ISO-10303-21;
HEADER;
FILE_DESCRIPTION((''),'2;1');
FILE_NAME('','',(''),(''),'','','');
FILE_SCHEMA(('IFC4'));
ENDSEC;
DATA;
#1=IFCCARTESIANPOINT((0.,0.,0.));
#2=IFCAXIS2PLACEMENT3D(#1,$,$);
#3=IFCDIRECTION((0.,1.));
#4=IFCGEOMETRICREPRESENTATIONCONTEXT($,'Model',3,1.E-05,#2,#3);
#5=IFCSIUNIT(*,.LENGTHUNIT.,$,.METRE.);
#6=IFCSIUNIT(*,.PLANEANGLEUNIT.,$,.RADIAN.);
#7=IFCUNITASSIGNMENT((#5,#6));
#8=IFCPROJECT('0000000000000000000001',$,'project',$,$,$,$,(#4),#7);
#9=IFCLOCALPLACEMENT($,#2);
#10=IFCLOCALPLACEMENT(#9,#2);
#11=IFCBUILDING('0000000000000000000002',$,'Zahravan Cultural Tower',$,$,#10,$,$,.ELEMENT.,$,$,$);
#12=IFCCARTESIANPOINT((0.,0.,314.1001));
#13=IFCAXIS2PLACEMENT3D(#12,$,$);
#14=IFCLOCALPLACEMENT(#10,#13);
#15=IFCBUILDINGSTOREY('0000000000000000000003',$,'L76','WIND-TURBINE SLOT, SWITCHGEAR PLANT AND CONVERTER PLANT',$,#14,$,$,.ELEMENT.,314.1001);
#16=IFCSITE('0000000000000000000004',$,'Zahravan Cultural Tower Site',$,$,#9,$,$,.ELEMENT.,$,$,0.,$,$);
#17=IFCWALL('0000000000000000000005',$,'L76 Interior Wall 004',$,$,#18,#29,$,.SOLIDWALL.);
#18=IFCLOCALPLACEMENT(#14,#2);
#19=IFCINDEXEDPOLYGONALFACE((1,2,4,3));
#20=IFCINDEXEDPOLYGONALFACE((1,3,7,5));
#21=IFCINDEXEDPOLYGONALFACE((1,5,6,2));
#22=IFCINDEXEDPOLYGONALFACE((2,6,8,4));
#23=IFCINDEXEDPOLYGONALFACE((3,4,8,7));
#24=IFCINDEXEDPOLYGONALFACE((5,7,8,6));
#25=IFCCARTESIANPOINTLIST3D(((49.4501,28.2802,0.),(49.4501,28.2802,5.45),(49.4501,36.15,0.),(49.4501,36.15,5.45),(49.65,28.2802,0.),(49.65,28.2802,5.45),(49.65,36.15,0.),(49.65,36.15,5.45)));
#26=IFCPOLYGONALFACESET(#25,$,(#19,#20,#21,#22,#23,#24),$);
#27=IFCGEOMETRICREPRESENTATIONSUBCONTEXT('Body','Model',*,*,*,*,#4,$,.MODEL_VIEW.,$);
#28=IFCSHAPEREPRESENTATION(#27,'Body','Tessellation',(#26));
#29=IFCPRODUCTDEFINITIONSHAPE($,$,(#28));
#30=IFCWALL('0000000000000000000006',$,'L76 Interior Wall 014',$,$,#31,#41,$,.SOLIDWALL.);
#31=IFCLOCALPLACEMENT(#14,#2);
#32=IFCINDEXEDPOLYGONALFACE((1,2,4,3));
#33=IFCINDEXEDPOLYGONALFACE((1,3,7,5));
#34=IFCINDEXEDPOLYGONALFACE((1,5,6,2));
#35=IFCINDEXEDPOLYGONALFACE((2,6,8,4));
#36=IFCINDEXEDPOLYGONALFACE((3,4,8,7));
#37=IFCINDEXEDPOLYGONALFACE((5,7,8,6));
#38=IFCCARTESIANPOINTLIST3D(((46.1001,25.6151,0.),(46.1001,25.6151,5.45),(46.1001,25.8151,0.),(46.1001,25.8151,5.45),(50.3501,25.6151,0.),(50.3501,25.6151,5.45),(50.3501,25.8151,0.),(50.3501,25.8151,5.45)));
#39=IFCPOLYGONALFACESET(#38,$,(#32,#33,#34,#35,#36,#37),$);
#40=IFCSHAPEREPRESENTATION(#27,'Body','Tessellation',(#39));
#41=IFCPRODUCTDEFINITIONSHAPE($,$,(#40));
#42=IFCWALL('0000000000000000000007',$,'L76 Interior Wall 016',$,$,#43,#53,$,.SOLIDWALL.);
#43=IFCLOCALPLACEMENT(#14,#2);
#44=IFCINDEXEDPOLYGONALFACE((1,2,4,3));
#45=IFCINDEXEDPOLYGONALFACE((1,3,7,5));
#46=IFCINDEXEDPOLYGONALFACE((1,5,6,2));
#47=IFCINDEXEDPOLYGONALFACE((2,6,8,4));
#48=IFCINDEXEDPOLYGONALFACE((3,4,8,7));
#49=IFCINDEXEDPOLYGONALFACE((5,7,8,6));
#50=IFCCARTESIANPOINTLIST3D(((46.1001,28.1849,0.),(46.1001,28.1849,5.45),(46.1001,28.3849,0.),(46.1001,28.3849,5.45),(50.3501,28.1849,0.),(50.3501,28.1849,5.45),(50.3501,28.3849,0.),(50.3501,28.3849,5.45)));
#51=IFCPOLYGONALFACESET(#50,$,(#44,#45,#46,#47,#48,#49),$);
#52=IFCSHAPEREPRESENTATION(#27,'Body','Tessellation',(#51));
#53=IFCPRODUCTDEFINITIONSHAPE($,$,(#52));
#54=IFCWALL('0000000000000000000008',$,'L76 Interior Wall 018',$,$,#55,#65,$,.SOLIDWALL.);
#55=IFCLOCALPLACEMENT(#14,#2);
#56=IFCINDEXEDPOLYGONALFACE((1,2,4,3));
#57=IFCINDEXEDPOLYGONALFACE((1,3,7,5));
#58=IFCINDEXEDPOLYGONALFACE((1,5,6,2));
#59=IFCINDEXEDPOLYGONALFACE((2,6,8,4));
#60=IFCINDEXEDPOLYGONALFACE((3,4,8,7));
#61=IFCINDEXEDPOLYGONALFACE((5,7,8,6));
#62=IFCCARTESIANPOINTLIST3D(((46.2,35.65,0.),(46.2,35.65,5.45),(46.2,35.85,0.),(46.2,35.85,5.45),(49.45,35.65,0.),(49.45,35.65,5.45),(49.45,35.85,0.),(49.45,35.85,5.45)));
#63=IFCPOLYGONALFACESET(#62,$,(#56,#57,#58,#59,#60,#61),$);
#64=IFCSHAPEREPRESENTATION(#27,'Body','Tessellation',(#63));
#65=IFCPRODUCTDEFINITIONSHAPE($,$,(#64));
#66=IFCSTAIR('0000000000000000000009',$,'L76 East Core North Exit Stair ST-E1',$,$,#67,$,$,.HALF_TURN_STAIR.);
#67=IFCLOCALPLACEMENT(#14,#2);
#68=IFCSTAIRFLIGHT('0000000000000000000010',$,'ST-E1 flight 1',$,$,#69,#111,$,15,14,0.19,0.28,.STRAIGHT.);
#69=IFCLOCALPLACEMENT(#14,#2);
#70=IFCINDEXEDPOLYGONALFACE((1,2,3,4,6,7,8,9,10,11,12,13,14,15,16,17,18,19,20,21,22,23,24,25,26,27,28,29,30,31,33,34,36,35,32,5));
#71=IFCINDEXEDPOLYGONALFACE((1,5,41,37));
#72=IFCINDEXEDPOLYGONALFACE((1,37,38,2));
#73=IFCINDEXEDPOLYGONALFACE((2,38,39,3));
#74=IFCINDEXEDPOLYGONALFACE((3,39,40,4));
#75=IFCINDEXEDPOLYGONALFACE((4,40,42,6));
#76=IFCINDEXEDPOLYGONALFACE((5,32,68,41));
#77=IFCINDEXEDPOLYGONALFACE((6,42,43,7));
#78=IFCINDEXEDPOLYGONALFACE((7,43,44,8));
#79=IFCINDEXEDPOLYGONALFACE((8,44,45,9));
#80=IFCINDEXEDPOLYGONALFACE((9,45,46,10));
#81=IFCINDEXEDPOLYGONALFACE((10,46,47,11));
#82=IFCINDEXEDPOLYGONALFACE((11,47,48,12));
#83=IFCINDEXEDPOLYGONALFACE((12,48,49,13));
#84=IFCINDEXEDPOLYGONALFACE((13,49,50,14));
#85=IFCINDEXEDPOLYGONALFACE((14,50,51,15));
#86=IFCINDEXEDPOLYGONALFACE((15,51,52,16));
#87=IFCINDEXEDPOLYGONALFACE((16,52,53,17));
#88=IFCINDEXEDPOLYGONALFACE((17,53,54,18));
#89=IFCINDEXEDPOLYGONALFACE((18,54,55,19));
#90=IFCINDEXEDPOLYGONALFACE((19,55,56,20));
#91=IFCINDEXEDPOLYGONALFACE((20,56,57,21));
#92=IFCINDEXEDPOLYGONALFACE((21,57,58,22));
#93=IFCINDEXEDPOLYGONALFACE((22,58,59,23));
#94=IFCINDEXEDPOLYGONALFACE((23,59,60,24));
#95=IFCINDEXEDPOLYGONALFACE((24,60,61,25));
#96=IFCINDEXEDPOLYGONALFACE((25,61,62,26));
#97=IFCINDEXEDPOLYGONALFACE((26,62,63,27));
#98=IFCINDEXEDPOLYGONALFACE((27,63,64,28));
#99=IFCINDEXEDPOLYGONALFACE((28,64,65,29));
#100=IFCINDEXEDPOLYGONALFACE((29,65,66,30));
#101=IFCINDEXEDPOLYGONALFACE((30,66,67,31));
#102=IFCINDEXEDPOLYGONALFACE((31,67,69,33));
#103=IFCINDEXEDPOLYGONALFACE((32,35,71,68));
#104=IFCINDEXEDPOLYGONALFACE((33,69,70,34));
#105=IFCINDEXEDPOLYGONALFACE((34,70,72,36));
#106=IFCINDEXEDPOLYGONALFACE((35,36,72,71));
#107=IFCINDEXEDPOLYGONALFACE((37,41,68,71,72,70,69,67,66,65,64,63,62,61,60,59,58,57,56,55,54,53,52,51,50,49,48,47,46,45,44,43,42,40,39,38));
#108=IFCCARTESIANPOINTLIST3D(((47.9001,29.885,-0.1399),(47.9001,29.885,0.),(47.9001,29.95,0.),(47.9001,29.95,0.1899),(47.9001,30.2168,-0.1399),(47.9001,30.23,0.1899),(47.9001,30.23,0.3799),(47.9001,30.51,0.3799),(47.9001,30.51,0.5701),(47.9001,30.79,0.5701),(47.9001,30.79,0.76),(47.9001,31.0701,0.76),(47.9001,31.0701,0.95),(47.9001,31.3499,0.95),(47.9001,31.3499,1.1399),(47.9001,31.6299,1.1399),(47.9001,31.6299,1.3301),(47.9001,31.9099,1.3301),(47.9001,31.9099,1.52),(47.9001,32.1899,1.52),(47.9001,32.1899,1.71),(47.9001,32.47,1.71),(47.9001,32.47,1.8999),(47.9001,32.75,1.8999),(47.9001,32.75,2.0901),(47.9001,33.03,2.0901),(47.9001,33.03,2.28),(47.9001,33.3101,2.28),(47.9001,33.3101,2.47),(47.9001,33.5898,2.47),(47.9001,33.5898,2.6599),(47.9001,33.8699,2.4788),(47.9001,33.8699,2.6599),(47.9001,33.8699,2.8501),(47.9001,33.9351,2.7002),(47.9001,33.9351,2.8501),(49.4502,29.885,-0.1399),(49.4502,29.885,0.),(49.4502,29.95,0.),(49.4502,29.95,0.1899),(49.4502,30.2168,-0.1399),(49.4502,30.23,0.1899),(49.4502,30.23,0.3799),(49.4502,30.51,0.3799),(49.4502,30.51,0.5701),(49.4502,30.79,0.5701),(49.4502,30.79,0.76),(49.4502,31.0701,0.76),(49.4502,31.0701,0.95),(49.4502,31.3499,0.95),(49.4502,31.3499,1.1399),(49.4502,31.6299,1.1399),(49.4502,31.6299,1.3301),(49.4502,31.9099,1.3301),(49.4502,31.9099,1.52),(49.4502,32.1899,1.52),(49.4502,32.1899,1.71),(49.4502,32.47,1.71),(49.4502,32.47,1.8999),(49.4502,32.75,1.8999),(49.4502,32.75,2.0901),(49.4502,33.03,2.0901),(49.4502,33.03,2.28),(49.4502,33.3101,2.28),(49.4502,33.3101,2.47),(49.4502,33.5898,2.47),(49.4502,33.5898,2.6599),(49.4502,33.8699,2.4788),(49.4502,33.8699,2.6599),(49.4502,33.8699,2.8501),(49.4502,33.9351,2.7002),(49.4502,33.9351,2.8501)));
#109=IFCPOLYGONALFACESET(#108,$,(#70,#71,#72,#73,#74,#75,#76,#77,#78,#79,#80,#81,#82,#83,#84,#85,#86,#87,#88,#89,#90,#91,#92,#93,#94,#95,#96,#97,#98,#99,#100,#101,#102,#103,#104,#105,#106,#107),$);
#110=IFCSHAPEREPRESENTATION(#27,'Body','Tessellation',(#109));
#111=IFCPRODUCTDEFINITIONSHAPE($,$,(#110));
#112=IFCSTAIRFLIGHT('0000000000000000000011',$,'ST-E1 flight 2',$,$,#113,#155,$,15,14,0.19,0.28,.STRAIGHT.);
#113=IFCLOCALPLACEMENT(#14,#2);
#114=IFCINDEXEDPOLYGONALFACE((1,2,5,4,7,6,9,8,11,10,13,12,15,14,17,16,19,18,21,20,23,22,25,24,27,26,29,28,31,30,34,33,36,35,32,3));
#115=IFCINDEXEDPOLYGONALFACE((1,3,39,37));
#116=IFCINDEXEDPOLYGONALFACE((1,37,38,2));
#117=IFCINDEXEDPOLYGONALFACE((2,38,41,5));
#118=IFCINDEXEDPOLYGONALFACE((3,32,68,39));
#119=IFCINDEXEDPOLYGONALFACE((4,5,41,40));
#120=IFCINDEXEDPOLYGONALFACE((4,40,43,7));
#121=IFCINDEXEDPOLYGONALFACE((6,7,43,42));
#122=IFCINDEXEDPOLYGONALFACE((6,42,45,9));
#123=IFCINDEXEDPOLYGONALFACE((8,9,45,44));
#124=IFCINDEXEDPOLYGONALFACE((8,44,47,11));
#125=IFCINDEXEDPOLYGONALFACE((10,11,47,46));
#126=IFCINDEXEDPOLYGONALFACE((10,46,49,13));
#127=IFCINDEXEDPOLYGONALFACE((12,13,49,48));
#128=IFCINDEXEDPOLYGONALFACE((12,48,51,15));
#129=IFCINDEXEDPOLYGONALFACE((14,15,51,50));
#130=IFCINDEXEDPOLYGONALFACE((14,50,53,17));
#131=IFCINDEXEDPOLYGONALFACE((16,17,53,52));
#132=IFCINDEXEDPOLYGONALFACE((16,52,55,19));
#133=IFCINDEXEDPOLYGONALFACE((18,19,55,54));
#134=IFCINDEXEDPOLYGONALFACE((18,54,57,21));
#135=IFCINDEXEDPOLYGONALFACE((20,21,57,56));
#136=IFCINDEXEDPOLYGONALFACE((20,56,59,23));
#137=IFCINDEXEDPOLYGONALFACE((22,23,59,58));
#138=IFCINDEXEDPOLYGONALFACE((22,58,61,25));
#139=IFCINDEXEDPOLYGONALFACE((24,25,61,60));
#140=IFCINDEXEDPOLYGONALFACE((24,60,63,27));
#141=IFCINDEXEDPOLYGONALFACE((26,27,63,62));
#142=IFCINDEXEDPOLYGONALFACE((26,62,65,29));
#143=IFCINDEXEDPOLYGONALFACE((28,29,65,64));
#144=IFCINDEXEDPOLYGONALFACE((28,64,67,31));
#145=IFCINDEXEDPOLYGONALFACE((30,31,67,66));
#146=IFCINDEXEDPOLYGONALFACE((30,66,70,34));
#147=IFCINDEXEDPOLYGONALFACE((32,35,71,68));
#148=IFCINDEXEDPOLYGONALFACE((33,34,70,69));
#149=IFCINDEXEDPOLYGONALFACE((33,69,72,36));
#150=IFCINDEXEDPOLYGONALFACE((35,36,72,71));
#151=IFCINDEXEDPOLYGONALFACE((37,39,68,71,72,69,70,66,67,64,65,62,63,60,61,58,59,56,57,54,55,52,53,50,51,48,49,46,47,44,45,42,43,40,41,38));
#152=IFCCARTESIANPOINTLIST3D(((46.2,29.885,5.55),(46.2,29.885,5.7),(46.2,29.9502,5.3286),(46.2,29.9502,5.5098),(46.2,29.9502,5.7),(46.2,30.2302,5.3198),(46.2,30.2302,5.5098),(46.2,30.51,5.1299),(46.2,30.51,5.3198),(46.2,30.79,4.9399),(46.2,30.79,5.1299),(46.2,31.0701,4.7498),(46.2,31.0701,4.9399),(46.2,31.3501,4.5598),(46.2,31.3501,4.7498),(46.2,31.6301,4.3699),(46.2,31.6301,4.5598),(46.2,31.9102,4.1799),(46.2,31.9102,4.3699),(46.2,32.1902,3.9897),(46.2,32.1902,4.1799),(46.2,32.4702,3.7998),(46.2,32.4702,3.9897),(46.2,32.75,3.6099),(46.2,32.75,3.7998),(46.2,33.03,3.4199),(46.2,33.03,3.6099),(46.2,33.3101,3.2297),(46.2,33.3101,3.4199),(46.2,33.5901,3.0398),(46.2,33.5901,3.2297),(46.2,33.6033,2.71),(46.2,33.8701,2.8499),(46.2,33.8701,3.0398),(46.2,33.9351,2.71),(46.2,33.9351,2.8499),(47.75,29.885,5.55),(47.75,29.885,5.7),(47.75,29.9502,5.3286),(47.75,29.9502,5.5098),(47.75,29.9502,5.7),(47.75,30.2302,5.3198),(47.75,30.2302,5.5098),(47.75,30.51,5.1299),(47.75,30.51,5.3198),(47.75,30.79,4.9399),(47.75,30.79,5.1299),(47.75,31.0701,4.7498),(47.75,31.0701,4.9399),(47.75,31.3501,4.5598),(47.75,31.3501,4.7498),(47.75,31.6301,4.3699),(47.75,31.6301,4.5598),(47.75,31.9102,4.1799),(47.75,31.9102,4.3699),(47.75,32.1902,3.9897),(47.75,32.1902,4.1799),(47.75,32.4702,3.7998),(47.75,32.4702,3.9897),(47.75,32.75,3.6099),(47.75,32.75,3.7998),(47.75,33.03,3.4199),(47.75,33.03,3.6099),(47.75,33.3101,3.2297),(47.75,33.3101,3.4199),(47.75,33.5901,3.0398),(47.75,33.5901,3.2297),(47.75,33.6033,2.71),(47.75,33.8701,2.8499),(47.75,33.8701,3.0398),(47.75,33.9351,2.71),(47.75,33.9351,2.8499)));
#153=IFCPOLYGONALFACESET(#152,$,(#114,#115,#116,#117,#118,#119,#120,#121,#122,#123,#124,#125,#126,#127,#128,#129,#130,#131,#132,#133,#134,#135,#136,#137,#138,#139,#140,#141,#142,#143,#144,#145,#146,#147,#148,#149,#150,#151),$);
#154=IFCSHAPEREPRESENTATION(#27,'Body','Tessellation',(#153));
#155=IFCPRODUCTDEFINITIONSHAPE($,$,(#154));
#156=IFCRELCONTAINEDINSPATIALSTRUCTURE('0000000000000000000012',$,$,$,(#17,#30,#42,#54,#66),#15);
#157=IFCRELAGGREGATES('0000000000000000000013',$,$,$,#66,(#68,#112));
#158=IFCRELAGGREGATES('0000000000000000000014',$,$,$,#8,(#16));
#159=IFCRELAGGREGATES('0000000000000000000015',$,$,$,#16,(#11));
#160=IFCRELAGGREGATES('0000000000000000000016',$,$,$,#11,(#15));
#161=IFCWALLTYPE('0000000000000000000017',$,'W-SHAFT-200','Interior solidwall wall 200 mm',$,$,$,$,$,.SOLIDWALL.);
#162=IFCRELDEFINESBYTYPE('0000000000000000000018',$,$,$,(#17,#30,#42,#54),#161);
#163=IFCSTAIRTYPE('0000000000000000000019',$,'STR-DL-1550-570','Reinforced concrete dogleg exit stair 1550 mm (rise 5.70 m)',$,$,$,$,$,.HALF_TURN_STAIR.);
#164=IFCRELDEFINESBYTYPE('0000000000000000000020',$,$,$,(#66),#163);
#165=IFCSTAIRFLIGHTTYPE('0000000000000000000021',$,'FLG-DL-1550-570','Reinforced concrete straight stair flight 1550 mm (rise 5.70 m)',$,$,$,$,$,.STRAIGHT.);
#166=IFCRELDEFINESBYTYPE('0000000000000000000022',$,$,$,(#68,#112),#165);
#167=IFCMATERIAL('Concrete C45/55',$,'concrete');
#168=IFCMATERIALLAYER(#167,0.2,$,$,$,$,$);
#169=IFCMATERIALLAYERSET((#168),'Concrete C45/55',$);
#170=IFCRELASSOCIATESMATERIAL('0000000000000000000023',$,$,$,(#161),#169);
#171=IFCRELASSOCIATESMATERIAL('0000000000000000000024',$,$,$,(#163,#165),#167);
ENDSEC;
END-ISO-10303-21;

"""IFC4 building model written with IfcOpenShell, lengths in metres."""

from ifc_helpers import new_model, si_unit, direction, frame, frame_2d, origin, place, context, subcontext, project, spatial, polyline, rectangle, outline, extrude, source, transform, mapped, material, layer, layer_set, type_object, element, aggregate, save


model = new_model("IFC4")

# Units and contexts
model_context = context("Model", 3, precision=1e-05, world=origin(), true_north=direction((0.0, 1.0)))
body_context = subcontext(model_context, "Body", "Model", "MODEL_VIEW")
ifc_project = project(units=[si_unit("LENGTHUNIT", "METRE"), si_unit("PLANEANGLEUNIT", "RADIAN")], contexts=[model_context])

# Site, building, storey
site_placement = place(None, origin())
site = spatial("IfcSite", under=ifc_project, at=site_placement, Name="Zahravan Cultural Tower Site", CompositionType="ELEMENT", RefElevation=0.0)
building_placement = place(site_placement, origin())
building = spatial("IfcBuilding", under=site, at=building_placement, Name="Zahravan Cultural Tower", CompositionType="ELEMENT")
storey_placement = place(building_placement, frame((0.0, 0.0, 314.1001)))
storey = spatial("IfcBuildingStorey", under=building, at=storey_placement, Name="L76", Description="WIND-TURBINE SLOT, SWITCHGEAR PLANT AND CONVERTER PLANT", CompositionType="ELEMENT", Elevation=314.1001)

# Shared definitions
ifc_material_1 = material(Name="Concrete C45/55", Category="concrete")
ifc_layer_1 = layer(ifc_material_1, 0.2)
ifc_layer_set_1 = layer_set([ifc_layer_1], Name="Concrete C45/55")
wall_type_1 = type_object("IfcWallType", Name="W-SHAFT-200", Description="Interior solidwall wall 200 mm", PredefinedType="SOLIDWALL", material=ifc_layer_set_1)

# Walls
shared_shape_1 = source(origin(), body_context, "Body", "SweptSolid", [
    extrude(rectangle(XDim=7.8699, YDim=0.2, at=frame_2d((3.9351, 0.0))), origin(), (0.0, 0.0, 1.0), 5.45),
])
wall_1_placement = place(storey_placement, frame((49.55, 28.28, 0.0), z_axis=(0.0, 0.0, 1.0), x_axis=(0.0, 1.0, 0.0)))
element("IfcWall", 1, at=wall_1_placement, inside=storey, type_object=wall_type_1, Name="L76 Interior Wall 004", PredefinedType="SOLIDWALL", context=body_context, shape_type="MappedRepresentation", body=[
    mapped(shared_shape_1, transform((0.0, 0.0, 0.0), x_axis=(1.0, 0.0, 0.0), y_axis=(0.0, 1.0, 0.0), z_axis=(0.0, 0.0, 1.0), scale=1.0)),
])
shared_shape_2 = source(origin(), body_context, "Body", "SweptSolid", [
    extrude(rectangle(XDim=4.25, YDim=0.2, at=frame_2d((2.125, 0.0))), origin(), (0.0, 0.0, 1.0), 5.45),
])
for number, where, z_axis, x_axis, name in (
    (2, (46.1001, 25.7151, 0.0), (0.0, 0.0, 1.0), (1.0, 0.0, 0.0), "L76 Interior Wall 014"),
    (3, (46.1001, 28.2849, 0.0), (0.0, 0.0, 1.0), (1.0, 0.0, 0.0), "L76 Interior Wall 016"),
):
    element("IfcWall", number, at=place(storey_placement, frame(where, z_axis=z_axis, x_axis=x_axis)), inside=storey, type_object=wall_type_1, Name=name, PredefinedType="SOLIDWALL", context=body_context, shape_type="MappedRepresentation", body=[
        mapped(shared_shape_2, transform((0.0, 0.0, 0.0), x_axis=(1.0, 0.0, 0.0), y_axis=(0.0, 1.0, 0.0), z_axis=(0.0, 0.0, 1.0), scale=1.0)),
    ])
shared_shape_3 = source(origin(), body_context, "Body", "SweptSolid", [
    extrude(rectangle(XDim=3.25, YDim=0.2, at=frame_2d((1.625, 0.0))), origin(), (0.0, 0.0, 1.0), 5.45),
])
wall_2_placement = place(storey_placement, frame((46.2, 35.75, 0.0), z_axis=(0.0, 0.0, 1.0), x_axis=(1.0, 0.0, 0.0)))
element("IfcWall", 4, at=wall_2_placement, inside=storey, type_object=wall_type_1, Name="L76 Interior Wall 018", PredefinedType="SOLIDWALL", context=body_context, shape_type="MappedRepresentation", body=[
    mapped(shared_shape_3, transform((0.0, 0.0, 0.0), x_axis=(1.0, 0.0, 0.0), y_axis=(0.0, 1.0, 0.0), z_axis=(0.0, 0.0, 1.0), scale=1.0)),
])

# Stair, stair flights
stair_type = type_object("IfcStairType", Name="STR-DL-1550-570", Description="Reinforced concrete dogleg exit stair 1550 mm (rise 5.70 m)", PredefinedType="HALF_TURN_STAIR", material=ifc_material_1)
stair_placement = place(storey_placement, origin())
stair = element("IfcStair", 5, at=stair_placement, inside=storey, type_object=stair_type, Name="L76 East Core North Exit Stair ST-E1", PredefinedType="HALF_TURN_STAIR")
stair_flight_type = type_object("IfcStairFlightType", Name="FLG-DL-1550-570", Description="Reinforced concrete straight stair flight 1550 mm (rise 5.70 m)", PredefinedType="STRAIGHT", material=ifc_material_1)
stair_flight_1_placement = place(storey_placement, frame((48.675, 29.95, 0.0), z_axis=(0.0, 0.0, 1.0), x_axis=(0.0, 1.0, 0.0)))
stair_flight_1 = element("IfcStairFlight", 6, at=stair_flight_1_placement, type_object=stair_flight_type, Name="ST-E1 flight 1", NumberOfRisers=15, NumberOfTreads=14, PredefinedType="STRAIGHT", RiserHeight=0.19, TreadLength=0.28, context=body_context, shape_type="SweptSolid", body=[
    extrude(outline(polyline([(-0.0649, -0.1399), (-0.0649, 0.0), (0.0, 0.0), (0.0, 0.1899), (0.28, 0.1899), (0.28, 0.3799), (0.5601, 0.3799), (0.5601, 0.5701), (0.8401, 0.5701), (0.8401, 0.76), (1.1201, 0.76), (1.1201, 0.95), (1.3999, 0.95), (1.3999, 1.1399), (1.6799, 1.1399), (1.6799, 1.3301), (1.96, 1.3301), (1.96, 1.52), (2.24, 1.52), (2.24, 1.71), (2.52, 1.71), (2.52, 1.8999), (2.8, 1.8999), (2.8, 2.0901), (3.0801, 2.0901), (3.0801, 2.28), (3.3601, 2.28), (3.3601, 2.47), (3.6399, 2.47), (3.6399, 2.6599), (3.9199, 2.6599), (3.9199, 2.8501), (3.9851, 2.8501), (3.9851, 2.7002), (3.9199, 2.4788), (0.2668, -0.1399), (-0.0649, -0.1399)])), frame((0.0, 0.7749, 0.0), z_axis=(0.0, -1.0, 0.0), x_axis=(1.0, 0.0, 0.0)), (0.0, 0.0, 1.0), 1.55),
])
stair_flight_2_placement = place(storey_placement, frame((46.9751, 33.8701, 2.8499), z_axis=(0.0, 0.0, 1.0), x_axis=(0.0, -1.0, 0.0)))
stair_flight_2 = element("IfcStairFlight", 7, at=stair_flight_2_placement, type_object=stair_flight_type, Name="ST-E1 flight 2", NumberOfRisers=15, NumberOfTreads=14, PredefinedType="STRAIGHT", RiserHeight=0.19, TreadLength=0.28, context=body_context, shape_type="SweptSolid", body=[
    extrude(outline(polyline([(-0.0649, -0.1399), (-0.0649, 0.0), (0.0, 0.0), (0.0, 0.1899), (0.28, 0.1899), (0.28, 0.3799), (0.5601, 0.3799), (0.5601, 0.5701), (0.8401, 0.5701), (0.8401, 0.76), (1.1201, 0.76), (1.1201, 0.95), (1.3999, 0.95), (1.3999, 1.1399), (1.6799, 1.1399), (1.6799, 1.3301), (1.96, 1.3301), (1.96, 1.52), (2.24, 1.52), (2.24, 1.71), (2.52, 1.71), (2.52, 1.8999), (2.8, 1.8999), (2.8, 2.0901), (3.0801, 2.0901), (3.0801, 2.28), (3.3601, 2.28), (3.3601, 2.47), (3.6399, 2.47), (3.6399, 2.6599), (3.9199, 2.6599), (3.9199, 2.8501), (3.9851, 2.8501), (3.9851, 2.7002), (3.9199, 2.4788), (0.2668, -0.1399), (-0.0649, -0.1399)])), frame((0.0, 0.7749, 0.0), z_axis=(0.0, -1.0, 0.0), x_axis=(1.0, 0.0, 0.0)), (0.0, 0.0, 1.0), 1.55),
])
aggregate(stair, [stair_flight_1, stair_flight_2])

save(model, "model.ifc")
